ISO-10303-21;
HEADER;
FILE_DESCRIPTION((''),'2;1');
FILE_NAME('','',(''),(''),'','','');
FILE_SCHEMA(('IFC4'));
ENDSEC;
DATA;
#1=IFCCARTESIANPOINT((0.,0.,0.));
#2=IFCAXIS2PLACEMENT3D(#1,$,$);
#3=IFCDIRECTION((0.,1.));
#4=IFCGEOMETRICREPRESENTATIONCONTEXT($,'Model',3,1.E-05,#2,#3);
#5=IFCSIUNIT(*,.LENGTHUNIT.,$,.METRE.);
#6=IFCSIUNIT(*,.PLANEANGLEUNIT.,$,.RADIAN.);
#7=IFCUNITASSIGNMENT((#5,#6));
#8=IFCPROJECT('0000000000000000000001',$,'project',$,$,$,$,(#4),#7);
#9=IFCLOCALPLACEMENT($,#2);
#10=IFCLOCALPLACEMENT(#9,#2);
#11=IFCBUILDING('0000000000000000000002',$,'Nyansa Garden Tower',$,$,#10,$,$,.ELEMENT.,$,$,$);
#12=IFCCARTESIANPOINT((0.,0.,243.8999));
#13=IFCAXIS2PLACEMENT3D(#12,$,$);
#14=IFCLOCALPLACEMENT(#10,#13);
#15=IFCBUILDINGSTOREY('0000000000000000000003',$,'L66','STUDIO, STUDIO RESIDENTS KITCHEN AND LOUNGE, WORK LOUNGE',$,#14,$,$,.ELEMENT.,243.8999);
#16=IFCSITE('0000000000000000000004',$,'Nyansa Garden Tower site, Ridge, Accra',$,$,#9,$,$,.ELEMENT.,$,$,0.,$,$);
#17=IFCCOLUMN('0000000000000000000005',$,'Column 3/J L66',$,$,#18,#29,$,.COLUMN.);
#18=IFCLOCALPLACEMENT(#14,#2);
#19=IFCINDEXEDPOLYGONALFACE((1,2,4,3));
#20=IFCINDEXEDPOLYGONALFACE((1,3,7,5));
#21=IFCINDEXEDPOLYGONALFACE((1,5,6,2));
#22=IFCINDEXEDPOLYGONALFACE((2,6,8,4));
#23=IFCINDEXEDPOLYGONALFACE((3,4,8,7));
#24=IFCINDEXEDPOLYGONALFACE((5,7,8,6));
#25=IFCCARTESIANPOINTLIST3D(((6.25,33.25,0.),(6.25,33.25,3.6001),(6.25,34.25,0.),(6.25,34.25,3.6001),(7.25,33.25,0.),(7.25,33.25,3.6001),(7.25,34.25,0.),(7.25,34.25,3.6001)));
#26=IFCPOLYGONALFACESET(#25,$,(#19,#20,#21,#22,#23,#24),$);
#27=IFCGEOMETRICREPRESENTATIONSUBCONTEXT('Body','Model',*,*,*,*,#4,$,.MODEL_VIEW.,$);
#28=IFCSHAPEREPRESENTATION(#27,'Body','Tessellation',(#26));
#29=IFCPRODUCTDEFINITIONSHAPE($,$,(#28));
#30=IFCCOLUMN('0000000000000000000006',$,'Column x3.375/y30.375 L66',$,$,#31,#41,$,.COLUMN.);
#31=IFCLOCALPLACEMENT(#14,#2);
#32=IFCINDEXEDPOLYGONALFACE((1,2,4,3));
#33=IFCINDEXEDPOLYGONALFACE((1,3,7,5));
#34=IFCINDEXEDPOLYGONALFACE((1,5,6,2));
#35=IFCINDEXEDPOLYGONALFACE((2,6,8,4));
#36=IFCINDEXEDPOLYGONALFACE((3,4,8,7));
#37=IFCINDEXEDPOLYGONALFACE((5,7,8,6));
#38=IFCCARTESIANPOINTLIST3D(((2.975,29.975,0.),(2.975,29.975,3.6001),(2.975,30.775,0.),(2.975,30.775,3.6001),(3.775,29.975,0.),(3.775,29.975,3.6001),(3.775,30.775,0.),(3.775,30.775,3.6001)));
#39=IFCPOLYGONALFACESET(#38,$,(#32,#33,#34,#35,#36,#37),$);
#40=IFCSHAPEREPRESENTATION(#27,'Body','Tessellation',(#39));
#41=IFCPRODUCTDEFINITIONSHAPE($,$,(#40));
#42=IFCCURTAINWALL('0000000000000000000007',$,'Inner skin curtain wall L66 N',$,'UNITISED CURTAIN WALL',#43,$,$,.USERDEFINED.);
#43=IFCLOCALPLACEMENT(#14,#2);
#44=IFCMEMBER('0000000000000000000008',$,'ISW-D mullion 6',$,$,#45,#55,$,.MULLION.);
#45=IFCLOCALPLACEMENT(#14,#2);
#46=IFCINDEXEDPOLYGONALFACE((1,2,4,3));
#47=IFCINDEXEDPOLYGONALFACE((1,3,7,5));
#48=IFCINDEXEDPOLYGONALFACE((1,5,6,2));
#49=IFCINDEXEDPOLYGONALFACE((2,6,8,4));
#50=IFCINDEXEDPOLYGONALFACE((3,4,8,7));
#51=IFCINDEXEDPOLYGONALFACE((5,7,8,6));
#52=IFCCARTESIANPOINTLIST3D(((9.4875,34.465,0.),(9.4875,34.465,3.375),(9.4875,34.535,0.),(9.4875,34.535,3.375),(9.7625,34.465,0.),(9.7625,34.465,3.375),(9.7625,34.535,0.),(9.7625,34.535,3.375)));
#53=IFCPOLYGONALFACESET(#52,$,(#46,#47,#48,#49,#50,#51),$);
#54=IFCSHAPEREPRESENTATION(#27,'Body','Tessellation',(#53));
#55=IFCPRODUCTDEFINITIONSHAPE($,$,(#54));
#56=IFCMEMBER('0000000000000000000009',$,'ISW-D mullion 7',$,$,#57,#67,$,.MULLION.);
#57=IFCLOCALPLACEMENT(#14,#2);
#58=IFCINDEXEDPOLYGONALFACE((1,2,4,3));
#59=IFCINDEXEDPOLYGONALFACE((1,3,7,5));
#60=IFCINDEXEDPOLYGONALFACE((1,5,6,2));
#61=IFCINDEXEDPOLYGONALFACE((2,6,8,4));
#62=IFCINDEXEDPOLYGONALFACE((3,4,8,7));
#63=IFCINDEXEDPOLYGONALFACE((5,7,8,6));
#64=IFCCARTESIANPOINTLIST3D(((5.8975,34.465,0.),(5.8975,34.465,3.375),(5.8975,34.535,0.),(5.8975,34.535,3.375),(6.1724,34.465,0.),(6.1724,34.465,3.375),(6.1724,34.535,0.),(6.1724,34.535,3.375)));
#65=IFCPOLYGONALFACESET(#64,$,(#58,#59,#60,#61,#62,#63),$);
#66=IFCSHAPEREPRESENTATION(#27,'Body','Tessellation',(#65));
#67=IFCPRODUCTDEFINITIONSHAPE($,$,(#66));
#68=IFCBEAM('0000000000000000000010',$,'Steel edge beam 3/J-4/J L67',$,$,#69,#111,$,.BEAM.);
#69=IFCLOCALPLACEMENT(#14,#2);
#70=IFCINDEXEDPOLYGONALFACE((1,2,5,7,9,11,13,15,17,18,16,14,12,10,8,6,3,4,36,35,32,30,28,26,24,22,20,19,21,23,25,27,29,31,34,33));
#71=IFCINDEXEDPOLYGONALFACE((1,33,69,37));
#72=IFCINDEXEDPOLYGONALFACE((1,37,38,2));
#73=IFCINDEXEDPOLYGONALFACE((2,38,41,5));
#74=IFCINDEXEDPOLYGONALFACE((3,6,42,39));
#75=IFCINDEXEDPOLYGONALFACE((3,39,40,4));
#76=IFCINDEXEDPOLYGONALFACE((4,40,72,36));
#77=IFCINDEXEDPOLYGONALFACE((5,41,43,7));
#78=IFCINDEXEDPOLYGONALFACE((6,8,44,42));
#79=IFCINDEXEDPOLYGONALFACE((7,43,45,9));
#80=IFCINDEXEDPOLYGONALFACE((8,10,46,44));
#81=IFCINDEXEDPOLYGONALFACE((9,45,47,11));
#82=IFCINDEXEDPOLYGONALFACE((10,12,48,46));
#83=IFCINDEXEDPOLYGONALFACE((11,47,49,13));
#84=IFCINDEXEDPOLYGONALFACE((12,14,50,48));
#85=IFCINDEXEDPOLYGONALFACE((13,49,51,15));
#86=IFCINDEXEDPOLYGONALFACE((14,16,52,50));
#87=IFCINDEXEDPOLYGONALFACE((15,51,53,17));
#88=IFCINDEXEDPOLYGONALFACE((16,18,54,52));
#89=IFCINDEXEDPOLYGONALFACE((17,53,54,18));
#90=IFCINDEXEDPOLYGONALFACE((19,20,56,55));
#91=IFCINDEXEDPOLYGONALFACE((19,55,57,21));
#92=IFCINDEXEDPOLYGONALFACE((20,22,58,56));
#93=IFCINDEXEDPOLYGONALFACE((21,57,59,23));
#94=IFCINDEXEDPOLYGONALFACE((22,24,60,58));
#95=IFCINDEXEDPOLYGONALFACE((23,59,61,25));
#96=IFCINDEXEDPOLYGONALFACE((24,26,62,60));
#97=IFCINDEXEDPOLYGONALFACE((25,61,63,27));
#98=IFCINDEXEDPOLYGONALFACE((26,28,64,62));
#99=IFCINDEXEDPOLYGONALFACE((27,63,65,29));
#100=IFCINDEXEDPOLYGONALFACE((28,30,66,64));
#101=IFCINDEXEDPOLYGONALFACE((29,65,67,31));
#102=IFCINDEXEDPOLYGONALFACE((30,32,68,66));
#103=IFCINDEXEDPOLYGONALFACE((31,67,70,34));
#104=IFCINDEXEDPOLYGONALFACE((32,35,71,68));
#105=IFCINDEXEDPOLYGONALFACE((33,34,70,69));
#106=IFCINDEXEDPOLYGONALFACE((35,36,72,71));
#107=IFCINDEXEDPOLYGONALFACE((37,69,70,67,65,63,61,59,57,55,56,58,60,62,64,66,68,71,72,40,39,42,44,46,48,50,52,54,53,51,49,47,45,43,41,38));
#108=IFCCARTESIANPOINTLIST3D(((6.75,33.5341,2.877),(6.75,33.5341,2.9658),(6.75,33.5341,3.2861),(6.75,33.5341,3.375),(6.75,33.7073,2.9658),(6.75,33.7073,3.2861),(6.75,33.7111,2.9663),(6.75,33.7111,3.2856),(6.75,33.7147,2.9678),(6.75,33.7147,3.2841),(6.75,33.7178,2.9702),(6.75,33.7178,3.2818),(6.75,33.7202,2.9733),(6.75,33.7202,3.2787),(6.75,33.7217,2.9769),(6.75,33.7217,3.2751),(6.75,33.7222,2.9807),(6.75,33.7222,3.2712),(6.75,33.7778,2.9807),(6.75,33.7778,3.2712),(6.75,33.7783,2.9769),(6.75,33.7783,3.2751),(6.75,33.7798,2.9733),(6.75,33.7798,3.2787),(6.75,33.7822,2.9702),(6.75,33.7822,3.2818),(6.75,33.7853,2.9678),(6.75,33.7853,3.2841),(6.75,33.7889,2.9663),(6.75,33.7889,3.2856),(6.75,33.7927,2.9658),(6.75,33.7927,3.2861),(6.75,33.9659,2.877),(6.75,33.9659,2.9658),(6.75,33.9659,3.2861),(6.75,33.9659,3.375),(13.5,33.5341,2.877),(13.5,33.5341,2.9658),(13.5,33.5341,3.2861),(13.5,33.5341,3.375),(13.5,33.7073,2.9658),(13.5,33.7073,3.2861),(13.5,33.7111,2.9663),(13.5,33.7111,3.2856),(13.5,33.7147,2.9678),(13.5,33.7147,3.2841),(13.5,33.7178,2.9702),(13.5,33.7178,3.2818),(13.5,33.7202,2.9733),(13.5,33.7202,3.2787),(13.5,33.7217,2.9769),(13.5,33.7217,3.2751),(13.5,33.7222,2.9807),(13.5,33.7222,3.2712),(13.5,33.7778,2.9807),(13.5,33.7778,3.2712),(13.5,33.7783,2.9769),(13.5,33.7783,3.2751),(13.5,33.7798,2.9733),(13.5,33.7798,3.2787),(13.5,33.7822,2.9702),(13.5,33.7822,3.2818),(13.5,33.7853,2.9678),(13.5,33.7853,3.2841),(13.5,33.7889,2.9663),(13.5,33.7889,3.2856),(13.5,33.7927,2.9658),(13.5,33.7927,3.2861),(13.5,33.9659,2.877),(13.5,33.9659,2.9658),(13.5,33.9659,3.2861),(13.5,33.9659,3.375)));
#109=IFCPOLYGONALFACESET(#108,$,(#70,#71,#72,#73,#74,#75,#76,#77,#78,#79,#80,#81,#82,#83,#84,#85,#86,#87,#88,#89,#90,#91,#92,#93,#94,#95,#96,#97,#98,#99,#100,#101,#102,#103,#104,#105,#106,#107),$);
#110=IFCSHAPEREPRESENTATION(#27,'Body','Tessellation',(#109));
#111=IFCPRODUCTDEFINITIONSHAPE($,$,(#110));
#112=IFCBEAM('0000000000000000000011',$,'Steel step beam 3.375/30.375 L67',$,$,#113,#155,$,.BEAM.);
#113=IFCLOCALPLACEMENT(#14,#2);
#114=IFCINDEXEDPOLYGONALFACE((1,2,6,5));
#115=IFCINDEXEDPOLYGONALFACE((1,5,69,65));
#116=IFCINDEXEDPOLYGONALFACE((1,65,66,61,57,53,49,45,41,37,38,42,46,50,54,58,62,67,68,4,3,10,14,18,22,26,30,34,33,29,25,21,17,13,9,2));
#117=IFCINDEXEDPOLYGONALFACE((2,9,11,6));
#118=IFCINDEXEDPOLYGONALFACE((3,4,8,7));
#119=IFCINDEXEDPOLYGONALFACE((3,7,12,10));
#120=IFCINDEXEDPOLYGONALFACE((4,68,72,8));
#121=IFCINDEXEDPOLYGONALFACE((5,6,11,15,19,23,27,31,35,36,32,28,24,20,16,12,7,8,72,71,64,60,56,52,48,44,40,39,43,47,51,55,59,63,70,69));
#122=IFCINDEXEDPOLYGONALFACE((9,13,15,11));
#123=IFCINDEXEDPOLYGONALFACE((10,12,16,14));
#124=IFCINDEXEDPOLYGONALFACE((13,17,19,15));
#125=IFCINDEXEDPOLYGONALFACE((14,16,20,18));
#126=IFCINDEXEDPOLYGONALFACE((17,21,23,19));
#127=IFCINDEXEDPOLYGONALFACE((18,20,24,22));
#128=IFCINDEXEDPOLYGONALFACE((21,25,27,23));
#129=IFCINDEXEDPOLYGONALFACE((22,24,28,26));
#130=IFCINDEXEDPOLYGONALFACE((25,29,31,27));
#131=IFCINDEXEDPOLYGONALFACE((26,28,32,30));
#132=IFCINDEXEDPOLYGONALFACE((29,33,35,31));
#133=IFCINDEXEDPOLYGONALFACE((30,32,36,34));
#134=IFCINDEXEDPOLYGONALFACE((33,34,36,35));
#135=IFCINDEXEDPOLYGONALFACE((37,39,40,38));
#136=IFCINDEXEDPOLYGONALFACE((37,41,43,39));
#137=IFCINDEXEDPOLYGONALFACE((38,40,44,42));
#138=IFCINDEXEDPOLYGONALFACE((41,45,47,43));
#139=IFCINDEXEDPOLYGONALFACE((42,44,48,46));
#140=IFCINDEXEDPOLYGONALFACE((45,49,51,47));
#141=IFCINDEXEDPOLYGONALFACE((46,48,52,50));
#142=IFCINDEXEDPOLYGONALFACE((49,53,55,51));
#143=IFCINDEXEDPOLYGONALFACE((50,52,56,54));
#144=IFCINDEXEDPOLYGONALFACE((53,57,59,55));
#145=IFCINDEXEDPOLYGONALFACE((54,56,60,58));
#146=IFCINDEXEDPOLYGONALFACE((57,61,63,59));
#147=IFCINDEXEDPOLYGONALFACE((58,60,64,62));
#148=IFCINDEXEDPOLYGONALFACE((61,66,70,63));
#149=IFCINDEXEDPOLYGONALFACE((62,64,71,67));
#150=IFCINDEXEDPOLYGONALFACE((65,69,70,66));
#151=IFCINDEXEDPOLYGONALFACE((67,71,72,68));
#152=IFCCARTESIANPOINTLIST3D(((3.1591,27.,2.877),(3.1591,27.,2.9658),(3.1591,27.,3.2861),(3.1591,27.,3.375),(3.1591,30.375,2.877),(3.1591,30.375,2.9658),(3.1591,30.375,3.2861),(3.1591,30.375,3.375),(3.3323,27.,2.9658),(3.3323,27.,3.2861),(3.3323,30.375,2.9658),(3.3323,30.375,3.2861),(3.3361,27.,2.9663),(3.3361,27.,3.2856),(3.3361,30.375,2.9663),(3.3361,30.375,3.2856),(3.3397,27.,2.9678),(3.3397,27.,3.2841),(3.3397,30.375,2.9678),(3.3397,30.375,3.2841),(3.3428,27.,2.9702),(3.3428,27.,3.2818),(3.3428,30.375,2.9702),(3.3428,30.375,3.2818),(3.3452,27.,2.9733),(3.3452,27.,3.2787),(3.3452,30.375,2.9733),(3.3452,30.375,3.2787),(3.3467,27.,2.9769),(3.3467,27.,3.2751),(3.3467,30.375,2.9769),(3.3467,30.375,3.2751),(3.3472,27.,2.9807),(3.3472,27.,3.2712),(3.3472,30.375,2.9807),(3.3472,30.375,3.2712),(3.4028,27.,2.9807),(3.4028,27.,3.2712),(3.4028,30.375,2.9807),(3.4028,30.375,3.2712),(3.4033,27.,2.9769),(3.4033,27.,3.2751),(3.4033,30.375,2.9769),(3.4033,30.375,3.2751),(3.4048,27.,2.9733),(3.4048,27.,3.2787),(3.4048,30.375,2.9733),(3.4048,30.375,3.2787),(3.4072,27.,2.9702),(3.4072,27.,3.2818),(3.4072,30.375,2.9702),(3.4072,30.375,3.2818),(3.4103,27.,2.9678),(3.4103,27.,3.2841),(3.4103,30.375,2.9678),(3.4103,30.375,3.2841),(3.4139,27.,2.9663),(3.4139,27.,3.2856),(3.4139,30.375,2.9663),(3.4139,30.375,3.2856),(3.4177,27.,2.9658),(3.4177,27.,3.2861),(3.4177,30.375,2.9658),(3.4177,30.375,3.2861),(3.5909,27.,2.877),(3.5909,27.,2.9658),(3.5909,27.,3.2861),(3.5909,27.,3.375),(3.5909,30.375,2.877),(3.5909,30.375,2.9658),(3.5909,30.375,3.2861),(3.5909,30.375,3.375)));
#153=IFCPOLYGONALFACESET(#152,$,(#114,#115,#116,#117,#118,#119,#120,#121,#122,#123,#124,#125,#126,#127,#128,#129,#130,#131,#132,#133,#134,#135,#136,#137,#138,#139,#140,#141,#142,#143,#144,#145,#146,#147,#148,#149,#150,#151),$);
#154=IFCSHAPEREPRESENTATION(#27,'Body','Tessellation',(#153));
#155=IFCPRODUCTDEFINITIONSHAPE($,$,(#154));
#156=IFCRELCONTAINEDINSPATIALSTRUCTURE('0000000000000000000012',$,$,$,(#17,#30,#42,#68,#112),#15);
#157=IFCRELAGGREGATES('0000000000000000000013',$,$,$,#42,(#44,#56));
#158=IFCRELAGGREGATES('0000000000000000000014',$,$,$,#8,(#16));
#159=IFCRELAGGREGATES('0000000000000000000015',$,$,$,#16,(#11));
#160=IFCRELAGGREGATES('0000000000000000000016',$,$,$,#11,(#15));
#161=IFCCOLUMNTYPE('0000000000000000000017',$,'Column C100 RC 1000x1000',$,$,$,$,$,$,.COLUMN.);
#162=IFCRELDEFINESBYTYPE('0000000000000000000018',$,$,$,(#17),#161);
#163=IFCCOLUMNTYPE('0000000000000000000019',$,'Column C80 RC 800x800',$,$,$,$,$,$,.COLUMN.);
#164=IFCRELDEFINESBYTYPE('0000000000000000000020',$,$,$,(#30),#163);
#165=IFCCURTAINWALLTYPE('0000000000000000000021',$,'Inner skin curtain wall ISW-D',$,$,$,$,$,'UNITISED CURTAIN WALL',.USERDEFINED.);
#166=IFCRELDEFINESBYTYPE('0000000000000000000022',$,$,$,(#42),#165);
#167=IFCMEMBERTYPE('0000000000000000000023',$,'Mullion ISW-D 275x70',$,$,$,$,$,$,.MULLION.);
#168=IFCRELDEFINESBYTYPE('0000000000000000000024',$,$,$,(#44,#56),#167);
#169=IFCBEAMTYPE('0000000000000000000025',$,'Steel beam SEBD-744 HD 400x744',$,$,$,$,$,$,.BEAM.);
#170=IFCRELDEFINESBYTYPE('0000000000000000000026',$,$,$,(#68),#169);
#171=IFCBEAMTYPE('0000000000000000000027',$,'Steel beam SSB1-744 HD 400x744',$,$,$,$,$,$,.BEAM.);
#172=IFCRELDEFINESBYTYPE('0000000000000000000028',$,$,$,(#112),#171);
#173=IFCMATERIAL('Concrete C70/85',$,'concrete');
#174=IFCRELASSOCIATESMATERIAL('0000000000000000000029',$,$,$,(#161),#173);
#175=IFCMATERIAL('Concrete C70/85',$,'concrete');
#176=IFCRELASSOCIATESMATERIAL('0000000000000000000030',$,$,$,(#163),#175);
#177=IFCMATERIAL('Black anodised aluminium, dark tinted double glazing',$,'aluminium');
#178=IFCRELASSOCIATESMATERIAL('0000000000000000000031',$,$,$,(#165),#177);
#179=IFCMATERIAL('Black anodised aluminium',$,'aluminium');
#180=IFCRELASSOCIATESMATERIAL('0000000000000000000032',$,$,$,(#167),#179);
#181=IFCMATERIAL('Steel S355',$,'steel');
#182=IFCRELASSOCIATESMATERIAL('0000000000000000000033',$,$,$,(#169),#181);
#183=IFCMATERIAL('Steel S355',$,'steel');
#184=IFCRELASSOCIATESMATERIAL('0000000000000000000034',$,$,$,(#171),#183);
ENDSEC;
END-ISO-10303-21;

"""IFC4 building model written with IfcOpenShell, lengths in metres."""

from ifc_helpers import new_model, si_unit, direction, frame, origin, origin_2d, place, context, subcontext, project, spatial, rectangle, i_section, extrude, material, material_profile, profile_set, type_object, element, aggregate, save


model = new_model("IFC4")

# Units and contexts
model_context = context("Model", 3, precision=1e-05, world=origin(), true_north=direction((0.0, 1.0)))
body_context = subcontext(model_context, "Body", "Model", "MODEL_VIEW")
ifc_project = project(units=[si_unit("LENGTHUNIT", "METRE"), si_unit("PLANEANGLEUNIT", "RADIAN")], contexts=[model_context])

# Site, building, storey
site_placement = place(None, origin())
site = spatial("IfcSite", under=ifc_project, at=site_placement, Name="Nyansa Garden Tower site, Ridge, Accra", CompositionType="ELEMENT", RefElevation=0.0)
building_placement = place(site_placement, origin())
building = spatial("IfcBuilding", under=site, at=building_placement, Name="Nyansa Garden Tower", CompositionType="ELEMENT")
storey_placement = place(building_placement, frame((0.0, 0.0, 243.8999)))
storey = spatial("IfcBuildingStorey", under=building, at=storey_placement, Name="L66", Description="STUDIO, STUDIO RESIDENTS KITCHEN AND LOUNGE, WORK LOUNGE", CompositionType="ELEMENT", Elevation=243.8999)

# Columns
ifc_material_1 = material(Name="Concrete C70/85", Category="concrete")
ifc_material_profile_1 = material_profile(ifc_material_1, rectangle(XDim=1.0, YDim=1.0, at=origin_2d()), Name="RC 1000x1000")
ifc_profile_set_1 = profile_set([ifc_material_profile_1], Name="Concrete C70/85")
column_type_1 = type_object("IfcColumnType", Name="Column C100 RC 1000x1000", PredefinedType="COLUMN", material=ifc_profile_set_1)
column_1_placement = place(storey_placement, frame((6.75, 33.75, 0.0), z_axis=(0.0, 0.0, 1.0), x_axis=(1.0, 0.0, 0.0)))
element("IfcColumn", 1, at=column_1_placement, inside=storey, type_object=column_type_1, Name="Column 3/J L66", PredefinedType="COLUMN", context=body_context, shape_type="SweptSolid", body=[
    extrude(rectangle(XDim=1.0, YDim=1.0, at=origin_2d()), origin(), (0.0, 0.0, 1.0), 3.6001),
])
ifc_material_2 = material(Name="Concrete C70/85", Category="concrete")
ifc_material_profile_2 = material_profile(ifc_material_2, rectangle(XDim=0.8, YDim=0.8, at=origin_2d()), Name="RC 800x800")
ifc_profile_set_2 = profile_set([ifc_material_profile_2], Name="Concrete C70/85")
column_type_2 = type_object("IfcColumnType", Name="Column C80 RC 800x800", PredefinedType="COLUMN", material=ifc_profile_set_2)
column_2_placement = place(storey_placement, frame((3.375, 30.375, 0.0), z_axis=(0.0, 0.0, 1.0), x_axis=(1.0, 0.0, 0.0)))
element("IfcColumn", 2, at=column_2_placement, inside=storey, type_object=column_type_2, Name="Column x3.375/y30.375 L66", PredefinedType="COLUMN", context=body_context, shape_type="SweptSolid", body=[
    extrude(rectangle(XDim=0.8, YDim=0.8, at=origin_2d()), origin(), (0.0, 0.0, 1.0), 3.6001),
])

# Curtain wall, members
ifc_material_3 = material(Name="Black anodised aluminium, dark tinted double glazing", Category="aluminium")
curtain_wall_type = type_object("IfcCurtainWallType", Name="Inner skin curtain wall ISW-D", ElementType="UNITISED CURTAIN WALL", PredefinedType="USERDEFINED", material=ifc_material_3)
curtain_wall_placement = place(storey_placement, origin())
curtain_wall = element("IfcCurtainWall", 3, at=curtain_wall_placement, inside=storey, type_object=curtain_wall_type, Name="Inner skin curtain wall L66 N", ObjectType="UNITISED CURTAIN WALL", PredefinedType="USERDEFINED")
ifc_material_4 = material(Name="Black anodised aluminium", Category="aluminium")
ifc_material_profile_3 = material_profile(ifc_material_4, rectangle(XDim=0.0701, YDim=0.2749, at=origin_2d()), Name="Mullion 275x70")
ifc_profile_set_3 = profile_set([ifc_material_profile_3], Name="Black anodised aluminium")
member_type_1 = type_object("IfcMemberType", Name="Mullion ISW-D 275x70", PredefinedType="MULLION", material=ifc_profile_set_3)
member_1_placement = place(storey_placement, frame((9.625, 34.5, 0.0), z_axis=(0.0, 0.0, 1.0), x_axis=(0.0, -1.0, 0.0)))
member_1 = element("IfcMember", 4, at=member_1_placement, type_object=member_type_1, Name="ISW-D mullion 6", PredefinedType="MULLION", context=body_context, shape_type="SweptSolid", body=[
    extrude(rectangle(XDim=0.0701, YDim=0.2749, at=origin_2d()), origin(), (0.0, 0.0, 1.0), 3.375),
])
member_2_placement = place(storey_placement, frame((6.0349, 34.5, 0.0), z_axis=(0.0, 0.0, 1.0), x_axis=(0.0, -1.0, 0.0)))
member_2 = element("IfcMember", 5, at=member_2_placement, type_object=member_type_1, Name="ISW-D mullion 7", PredefinedType="MULLION", context=body_context, shape_type="SweptSolid", body=[
    extrude(rectangle(XDim=0.0701, YDim=0.2749, at=origin_2d()), origin(), (0.0, 0.0, 1.0), 3.375),
])

# Beams
ifc_material_5 = material(Name="Steel S355", Category="steel")
ifc_material_profile_4 = material_profile(ifc_material_5, i_section(OverallWidth=0.4319, OverallDepth=0.498, WebThickness=0.0557, FlangeThickness=0.0889, FilletRadius=0.0149, at=origin_2d()), Name="HD 400x744")
ifc_profile_set_4 = profile_set([ifc_material_profile_4], Name="Steel S355")
beam_type_1 = type_object("IfcBeamType", Name="Steel beam SEBD-744 HD 400x744", PredefinedType="BEAM", material=ifc_profile_set_4)
beam_placement = place(storey_placement, frame((6.75, 33.75, 3.126), z_axis=(1.0, 0.0, 0.0), x_axis=(0.0, 1.0, 0.0)))
element("IfcBeam", 6, at=beam_placement, inside=storey, type_object=beam_type_1, Name="Steel edge beam 3/J-4/J L67", PredefinedType="BEAM", context=body_context, shape_type="SweptSolid", body=[
    extrude(i_section(OverallWidth=0.4319, OverallDepth=0.498, WebThickness=0.0557, FlangeThickness=0.0889, FilletRadius=0.0149, at=origin_2d()), origin(), (0.0, 0.0, 1.0), 6.75),
])
ifc_material_6 = material(Name="Steel S355", Category="steel")
ifc_material_profile_5 = material_profile(ifc_material_6, i_section(OverallWidth=0.4319, OverallDepth=0.498, WebThickness=0.0557, FlangeThickness=0.0889, FilletRadius=0.0149, at=origin_2d()), Name="HD 400x744")
ifc_profile_set_5 = profile_set([ifc_material_profile_5], Name="Steel S355")
beam_type_2 = type_object("IfcBeamType", Name="Steel beam SSB1-744 HD 400x744", PredefinedType="BEAM", material=ifc_profile_set_5)
for number, where, z_axis, x_axis, name in (
    (7, (3.375, 30.375, 3.126), (0.0, -1.0, 0.0), (1.0, 0.0, 0.0), "Steel step beam 3.375/30.375 L67"),
):
    element("IfcBeam", number, at=place(storey_placement, frame(where, z_axis=z_axis, x_axis=x_axis)), inside=storey, type_object=beam_type_2, Name=name, PredefinedType="BEAM", context=body_context, shape_type="SweptSolid", body=[
        extrude(i_section(OverallWidth=0.4319, OverallDepth=0.498, WebThickness=0.0557, FlangeThickness=0.0889, FilletRadius=0.0149, at=origin_2d()), origin(), (0.0, 0.0, 1.0), 3.375),
    ])

aggregate(curtain_wall, [member_1, member_2])

save(model, "model.ifc")
